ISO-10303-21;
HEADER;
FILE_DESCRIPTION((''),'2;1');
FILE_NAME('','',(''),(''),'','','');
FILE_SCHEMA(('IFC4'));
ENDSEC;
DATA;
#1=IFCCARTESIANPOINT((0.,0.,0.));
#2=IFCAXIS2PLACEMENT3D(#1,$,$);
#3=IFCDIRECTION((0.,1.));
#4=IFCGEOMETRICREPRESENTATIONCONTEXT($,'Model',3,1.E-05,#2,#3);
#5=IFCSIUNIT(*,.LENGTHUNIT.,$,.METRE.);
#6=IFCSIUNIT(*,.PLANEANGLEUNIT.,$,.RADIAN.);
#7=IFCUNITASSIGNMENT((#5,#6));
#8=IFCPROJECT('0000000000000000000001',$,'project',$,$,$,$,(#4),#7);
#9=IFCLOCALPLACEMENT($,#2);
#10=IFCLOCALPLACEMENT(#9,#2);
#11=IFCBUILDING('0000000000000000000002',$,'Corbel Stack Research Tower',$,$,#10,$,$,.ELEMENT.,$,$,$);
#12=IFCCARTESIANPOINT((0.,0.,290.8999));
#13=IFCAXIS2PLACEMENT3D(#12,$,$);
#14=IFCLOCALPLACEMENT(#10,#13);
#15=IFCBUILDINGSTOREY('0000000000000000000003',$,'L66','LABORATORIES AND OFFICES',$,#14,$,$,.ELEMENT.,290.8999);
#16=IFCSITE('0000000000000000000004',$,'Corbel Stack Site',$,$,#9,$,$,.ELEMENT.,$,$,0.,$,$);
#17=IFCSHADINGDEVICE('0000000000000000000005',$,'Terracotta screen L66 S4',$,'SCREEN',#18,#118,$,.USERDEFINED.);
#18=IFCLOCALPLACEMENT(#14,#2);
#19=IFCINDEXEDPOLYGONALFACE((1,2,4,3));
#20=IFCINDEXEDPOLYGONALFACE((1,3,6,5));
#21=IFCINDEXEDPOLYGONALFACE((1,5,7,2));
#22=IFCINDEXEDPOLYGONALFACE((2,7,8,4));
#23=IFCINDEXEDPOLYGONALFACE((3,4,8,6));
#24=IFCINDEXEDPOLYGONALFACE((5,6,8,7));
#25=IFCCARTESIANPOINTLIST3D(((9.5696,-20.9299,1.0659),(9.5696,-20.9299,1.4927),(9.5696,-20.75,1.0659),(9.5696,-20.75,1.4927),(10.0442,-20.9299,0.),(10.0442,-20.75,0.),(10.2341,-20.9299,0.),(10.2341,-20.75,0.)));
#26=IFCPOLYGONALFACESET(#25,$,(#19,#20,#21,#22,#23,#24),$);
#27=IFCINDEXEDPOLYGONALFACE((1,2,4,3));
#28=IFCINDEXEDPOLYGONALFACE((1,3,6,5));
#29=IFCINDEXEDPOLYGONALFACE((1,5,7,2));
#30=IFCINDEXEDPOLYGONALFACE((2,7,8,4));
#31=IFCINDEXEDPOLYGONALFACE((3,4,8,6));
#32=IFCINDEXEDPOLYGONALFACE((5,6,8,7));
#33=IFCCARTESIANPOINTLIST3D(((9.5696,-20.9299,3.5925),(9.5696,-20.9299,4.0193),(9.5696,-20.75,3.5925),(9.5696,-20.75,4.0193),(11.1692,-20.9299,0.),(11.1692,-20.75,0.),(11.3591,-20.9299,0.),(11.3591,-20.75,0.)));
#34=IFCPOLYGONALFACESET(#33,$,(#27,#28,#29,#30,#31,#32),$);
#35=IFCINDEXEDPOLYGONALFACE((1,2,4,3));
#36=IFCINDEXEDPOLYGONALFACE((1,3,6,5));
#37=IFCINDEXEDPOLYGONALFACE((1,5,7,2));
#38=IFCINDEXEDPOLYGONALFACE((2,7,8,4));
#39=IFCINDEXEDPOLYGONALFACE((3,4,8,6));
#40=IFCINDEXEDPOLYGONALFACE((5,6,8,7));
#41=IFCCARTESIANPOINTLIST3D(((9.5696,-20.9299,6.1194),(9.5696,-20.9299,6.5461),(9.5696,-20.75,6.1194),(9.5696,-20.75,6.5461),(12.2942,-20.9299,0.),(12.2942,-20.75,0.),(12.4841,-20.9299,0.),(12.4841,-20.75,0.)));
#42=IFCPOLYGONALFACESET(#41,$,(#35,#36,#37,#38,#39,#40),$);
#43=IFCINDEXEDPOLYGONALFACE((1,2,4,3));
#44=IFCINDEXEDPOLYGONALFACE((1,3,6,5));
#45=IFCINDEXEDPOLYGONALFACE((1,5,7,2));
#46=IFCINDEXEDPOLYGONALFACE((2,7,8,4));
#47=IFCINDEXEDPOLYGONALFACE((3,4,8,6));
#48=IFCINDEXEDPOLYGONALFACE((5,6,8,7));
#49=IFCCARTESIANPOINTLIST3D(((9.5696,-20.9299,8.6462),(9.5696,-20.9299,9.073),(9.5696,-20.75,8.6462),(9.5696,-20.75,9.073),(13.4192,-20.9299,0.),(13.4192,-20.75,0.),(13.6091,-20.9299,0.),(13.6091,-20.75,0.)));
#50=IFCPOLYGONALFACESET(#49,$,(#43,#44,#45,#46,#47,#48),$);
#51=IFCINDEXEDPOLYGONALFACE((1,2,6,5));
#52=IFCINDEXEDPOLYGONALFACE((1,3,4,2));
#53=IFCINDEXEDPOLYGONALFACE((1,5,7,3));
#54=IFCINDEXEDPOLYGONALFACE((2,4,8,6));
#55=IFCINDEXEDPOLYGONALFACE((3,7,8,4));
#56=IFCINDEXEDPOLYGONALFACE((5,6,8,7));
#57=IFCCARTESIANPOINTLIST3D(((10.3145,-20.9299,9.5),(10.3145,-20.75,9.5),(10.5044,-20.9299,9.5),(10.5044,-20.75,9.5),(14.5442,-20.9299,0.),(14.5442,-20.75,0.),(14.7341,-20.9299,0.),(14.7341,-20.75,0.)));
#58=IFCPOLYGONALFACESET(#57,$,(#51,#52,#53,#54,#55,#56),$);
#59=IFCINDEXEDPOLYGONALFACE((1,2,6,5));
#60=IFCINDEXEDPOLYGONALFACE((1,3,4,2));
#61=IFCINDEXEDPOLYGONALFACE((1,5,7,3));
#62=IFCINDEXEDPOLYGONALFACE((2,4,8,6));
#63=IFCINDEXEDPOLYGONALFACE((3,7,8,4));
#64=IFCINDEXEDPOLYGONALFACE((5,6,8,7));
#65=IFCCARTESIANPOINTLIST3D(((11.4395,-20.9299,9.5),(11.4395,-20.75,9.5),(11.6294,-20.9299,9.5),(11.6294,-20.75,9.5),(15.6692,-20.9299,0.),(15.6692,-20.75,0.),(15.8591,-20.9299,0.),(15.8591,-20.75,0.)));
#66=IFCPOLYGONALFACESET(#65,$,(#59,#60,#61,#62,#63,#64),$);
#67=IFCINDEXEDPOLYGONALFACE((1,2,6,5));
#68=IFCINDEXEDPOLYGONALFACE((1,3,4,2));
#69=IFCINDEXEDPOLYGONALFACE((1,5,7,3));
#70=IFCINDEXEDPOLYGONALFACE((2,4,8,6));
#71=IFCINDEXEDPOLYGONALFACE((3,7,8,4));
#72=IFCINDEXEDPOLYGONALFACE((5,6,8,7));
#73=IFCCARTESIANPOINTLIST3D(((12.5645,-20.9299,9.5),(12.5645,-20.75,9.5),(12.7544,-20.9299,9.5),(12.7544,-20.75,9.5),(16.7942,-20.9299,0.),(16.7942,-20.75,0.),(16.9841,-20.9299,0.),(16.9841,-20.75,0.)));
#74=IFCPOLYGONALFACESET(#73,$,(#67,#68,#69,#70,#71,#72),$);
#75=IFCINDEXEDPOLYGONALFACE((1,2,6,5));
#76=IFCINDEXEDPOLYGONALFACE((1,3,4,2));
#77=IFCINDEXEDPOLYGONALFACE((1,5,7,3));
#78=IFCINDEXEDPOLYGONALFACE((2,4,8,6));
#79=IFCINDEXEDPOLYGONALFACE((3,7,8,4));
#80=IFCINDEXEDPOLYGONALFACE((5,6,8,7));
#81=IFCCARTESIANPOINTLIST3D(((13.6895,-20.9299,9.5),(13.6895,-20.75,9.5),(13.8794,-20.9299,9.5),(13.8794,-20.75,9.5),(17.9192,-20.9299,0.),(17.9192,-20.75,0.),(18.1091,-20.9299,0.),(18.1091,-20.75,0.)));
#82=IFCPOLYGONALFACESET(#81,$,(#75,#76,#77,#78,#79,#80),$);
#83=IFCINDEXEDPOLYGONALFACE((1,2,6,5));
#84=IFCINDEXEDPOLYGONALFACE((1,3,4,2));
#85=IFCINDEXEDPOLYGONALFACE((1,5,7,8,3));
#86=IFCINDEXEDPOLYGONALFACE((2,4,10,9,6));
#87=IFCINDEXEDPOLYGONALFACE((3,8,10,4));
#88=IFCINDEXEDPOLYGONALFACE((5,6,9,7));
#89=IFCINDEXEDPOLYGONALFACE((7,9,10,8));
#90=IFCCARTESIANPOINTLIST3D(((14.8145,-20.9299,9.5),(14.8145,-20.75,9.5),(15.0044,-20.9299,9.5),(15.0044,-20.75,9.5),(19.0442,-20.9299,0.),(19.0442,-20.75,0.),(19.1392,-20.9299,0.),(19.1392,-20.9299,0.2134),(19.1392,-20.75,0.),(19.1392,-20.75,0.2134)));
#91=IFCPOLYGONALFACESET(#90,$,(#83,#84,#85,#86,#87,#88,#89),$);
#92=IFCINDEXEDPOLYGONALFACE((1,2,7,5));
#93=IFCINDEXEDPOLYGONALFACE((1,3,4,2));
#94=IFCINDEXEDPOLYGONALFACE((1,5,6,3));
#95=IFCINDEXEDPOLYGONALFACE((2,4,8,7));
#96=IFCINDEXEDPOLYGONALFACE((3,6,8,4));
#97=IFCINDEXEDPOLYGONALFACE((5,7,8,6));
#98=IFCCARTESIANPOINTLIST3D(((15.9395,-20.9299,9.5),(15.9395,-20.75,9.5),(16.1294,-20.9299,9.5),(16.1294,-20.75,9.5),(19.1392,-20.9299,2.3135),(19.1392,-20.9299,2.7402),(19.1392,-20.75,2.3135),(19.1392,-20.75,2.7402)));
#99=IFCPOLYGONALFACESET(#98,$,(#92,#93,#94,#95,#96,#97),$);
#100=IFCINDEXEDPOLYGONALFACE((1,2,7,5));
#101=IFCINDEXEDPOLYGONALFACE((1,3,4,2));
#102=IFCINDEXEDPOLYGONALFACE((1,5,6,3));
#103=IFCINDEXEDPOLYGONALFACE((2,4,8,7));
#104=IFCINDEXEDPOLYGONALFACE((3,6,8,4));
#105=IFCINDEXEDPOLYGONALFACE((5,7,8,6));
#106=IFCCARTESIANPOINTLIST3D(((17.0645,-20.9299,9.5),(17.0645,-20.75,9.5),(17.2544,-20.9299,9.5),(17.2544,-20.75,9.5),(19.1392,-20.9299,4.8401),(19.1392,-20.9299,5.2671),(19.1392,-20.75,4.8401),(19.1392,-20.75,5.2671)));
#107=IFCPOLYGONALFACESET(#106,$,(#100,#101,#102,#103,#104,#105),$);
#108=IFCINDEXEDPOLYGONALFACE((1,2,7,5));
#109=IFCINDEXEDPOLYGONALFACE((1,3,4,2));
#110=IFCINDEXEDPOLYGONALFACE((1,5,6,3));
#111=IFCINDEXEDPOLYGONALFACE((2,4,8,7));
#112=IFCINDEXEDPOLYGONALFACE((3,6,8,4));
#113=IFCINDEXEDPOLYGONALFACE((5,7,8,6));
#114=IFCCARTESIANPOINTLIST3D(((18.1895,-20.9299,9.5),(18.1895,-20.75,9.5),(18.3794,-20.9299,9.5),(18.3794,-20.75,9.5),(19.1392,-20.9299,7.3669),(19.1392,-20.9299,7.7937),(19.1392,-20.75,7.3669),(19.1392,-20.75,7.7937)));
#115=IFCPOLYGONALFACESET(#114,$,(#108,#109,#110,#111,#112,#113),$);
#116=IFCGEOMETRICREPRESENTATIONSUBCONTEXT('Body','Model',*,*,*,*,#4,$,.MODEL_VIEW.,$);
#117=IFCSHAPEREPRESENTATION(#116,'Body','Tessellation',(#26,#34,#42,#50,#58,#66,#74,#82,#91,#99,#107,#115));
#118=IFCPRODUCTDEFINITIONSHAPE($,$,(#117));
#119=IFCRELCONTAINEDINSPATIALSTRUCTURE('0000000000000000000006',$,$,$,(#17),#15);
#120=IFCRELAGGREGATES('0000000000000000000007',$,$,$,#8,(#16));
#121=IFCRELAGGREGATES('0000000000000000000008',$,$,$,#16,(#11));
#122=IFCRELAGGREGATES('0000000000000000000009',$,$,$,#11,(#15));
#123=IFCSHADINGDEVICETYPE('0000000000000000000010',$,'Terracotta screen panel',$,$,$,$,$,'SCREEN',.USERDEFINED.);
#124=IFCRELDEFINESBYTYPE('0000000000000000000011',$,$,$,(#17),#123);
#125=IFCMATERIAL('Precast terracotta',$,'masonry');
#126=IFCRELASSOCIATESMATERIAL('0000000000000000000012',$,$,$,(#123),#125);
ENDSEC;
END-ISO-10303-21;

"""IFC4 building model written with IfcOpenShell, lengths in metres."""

from ifc_helpers import new_model, si_unit, direction, frame, origin, place, context, subcontext, project, spatial, polyline, outline, extrude, source, transform, mapped, material, type_object, element, save


model = new_model("IFC4")

# Units and contexts
model_context = context("Model", 3, precision=1e-05, world=origin(), true_north=direction((0.0, 1.0)))
body_context = subcontext(model_context, "Body", "Model", "MODEL_VIEW")
ifc_project = project(units=[si_unit("LENGTHUNIT", "METRE"), si_unit("PLANEANGLEUNIT", "RADIAN")], contexts=[model_context])

# Site, building, storey
site_placement = place(None, origin())
site = spatial("IfcSite", under=ifc_project, at=site_placement, Name="Corbel Stack Site", CompositionType="ELEMENT", RefElevation=0.0)
building_placement = place(site_placement, origin())
building = spatial("IfcBuilding", under=site, at=building_placement, Name="Corbel Stack Research Tower", CompositionType="ELEMENT")
storey_placement = place(building_placement, frame((0.0, 0.0, 290.8999)))
storey = spatial("IfcBuildingStorey", under=building, at=storey_placement, Name="L66", Description="LABORATORIES AND OFFICES", CompositionType="ELEMENT", Elevation=290.8999)

# Shading device
ifc_material_1 = material(Name="Precast terracotta", Category="masonry")
shading_device_type = type_object("IfcShadingDeviceType", Name="Terracotta screen panel", ElementType="SCREEN", PredefinedType="USERDEFINED", material=ifc_material_1)
shared_shape = source(origin(), body_context, "Body", "SweptSolid", [
    extrude(outline(polyline([(0.6646, 0.0), (0.0, 1.4927), (0.0, 1.0659), (0.4746, 0.0), (0.6646, 0.0)])), frame((0.0, 0.0, 0.0), z_axis=(0.0, -1.0, 0.0), x_axis=(1.0, 0.0, 0.0)), (0.0, 0.0, 1.0), 0.1799),
    extrude(outline(polyline([(1.7896, 0.0), (0.0, 4.0193), (0.0, 3.5925), (1.5996, 0.0), (1.7896, 0.0)])), frame((0.0, 0.0, 0.0), z_axis=(0.0, -1.0, 0.0), x_axis=(1.0, 0.0, 0.0)), (0.0, 0.0, 1.0), 0.1799),
    extrude(outline(polyline([(2.9146, 0.0), (0.0, 6.5461), (0.0, 6.1194), (2.7246, 0.0), (2.9146, 0.0)])), frame((0.0, 0.0, 0.0), z_axis=(0.0, -1.0, 0.0), x_axis=(1.0, 0.0, 0.0)), (0.0, 0.0, 1.0), 0.1799),
    extrude(outline(polyline([(4.0396, 0.0), (0.0, 9.073), (0.0, 8.6462), (3.8496, 0.0), (4.0396, 0.0)])), frame((0.0, 0.0, 0.0), z_axis=(0.0, -1.0, 0.0), x_axis=(1.0, 0.0, 0.0)), (0.0, 0.0, 1.0), 0.1799),
    extrude(outline(polyline([(5.1646, 0.0), (0.9348, 9.5), (0.7449, 9.5), (4.9746, 0.0), (5.1646, 0.0)])), frame((0.0, 0.0, 0.0), z_axis=(0.0, -1.0, 0.0), x_axis=(1.0, 0.0, 0.0)), (0.0, 0.0, 1.0), 0.1799),
    extrude(outline(polyline([(6.2896, 0.0), (2.0598, 9.5), (1.8699, 9.5), (6.0996, 0.0), (6.2896, 0.0)])), frame((0.0, 0.0, 0.0), z_axis=(0.0, -1.0, 0.0), x_axis=(1.0, 0.0, 0.0)), (0.0, 0.0, 1.0), 0.1799),
    extrude(outline(polyline([(7.4146, 0.0), (3.1848, 9.5), (2.9949, 9.5), (7.2246, 0.0), (7.4146, 0.0)])), frame((0.0, 0.0, 0.0), z_axis=(0.0, -1.0, 0.0), x_axis=(1.0, 0.0, 0.0)), (0.0, 0.0, 1.0), 0.1799),
    extrude(outline(polyline([(8.5396, 0.0), (4.3098, 9.5), (4.1199, 9.5), (8.3496, 0.0), (8.5396, 0.0)])), frame((0.0, 0.0, 0.0), z_axis=(0.0, -1.0, 0.0), x_axis=(1.0, 0.0, 0.0)), (0.0, 0.0, 1.0), 0.1799),
    extrude(outline(polyline([(9.5696, 0.0), (9.5696, 0.2134), (5.4348, 9.5), (5.2449, 9.5), (9.4746, 0.0), (9.5696, 0.0)])), frame((0.0, 0.0, 0.0), z_axis=(0.0, -1.0, 0.0), x_axis=(1.0, 0.0, 0.0)), (0.0, 0.0, 1.0), 0.1799),
    extrude(outline(polyline([(6.5598, 9.5), (6.3699, 9.5), (9.5696, 2.3135), (9.5696, 2.7402), (6.5598, 9.5)])), frame((0.0, 0.0, 0.0), z_axis=(0.0, -1.0, 0.0), x_axis=(1.0, 0.0, 0.0)), (0.0, 0.0, 1.0), 0.1799),
    extrude(outline(polyline([(7.6848, 9.5), (7.4949, 9.5), (9.5696, 4.8401), (9.5696, 5.2671), (7.6848, 9.5)])), frame((0.0, 0.0, 0.0), z_axis=(0.0, -1.0, 0.0), x_axis=(1.0, 0.0, 0.0)), (0.0, 0.0, 1.0), 0.1799),
    extrude(outline(polyline([(8.8098, 9.5), (8.6199, 9.5), (9.5696, 7.3669), (9.5696, 7.7937), (8.8098, 9.5)])), frame((0.0, 0.0, 0.0), z_axis=(0.0, -1.0, 0.0), x_axis=(1.0, 0.0, 0.0)), (0.0, 0.0, 1.0), 0.1799),
])
shading_device_placement = place(storey_placement, frame((9.5696, -20.75, 0.0), z_axis=(0.0, 0.0, 1.0), x_axis=(1.0, 0.0, 0.0)))
element("IfcShadingDevice", 1, at=shading_device_placement, inside=storey, type_object=shading_device_type, Name="Terracotta screen L66 S4", ObjectType="SCREEN", PredefinedType="USERDEFINED", context=body_context, shape_type="MappedRepresentation", body=[
    mapped(shared_shape, transform((0.0, 0.0, 0.0))),
])

save(model, "model.ifc")
